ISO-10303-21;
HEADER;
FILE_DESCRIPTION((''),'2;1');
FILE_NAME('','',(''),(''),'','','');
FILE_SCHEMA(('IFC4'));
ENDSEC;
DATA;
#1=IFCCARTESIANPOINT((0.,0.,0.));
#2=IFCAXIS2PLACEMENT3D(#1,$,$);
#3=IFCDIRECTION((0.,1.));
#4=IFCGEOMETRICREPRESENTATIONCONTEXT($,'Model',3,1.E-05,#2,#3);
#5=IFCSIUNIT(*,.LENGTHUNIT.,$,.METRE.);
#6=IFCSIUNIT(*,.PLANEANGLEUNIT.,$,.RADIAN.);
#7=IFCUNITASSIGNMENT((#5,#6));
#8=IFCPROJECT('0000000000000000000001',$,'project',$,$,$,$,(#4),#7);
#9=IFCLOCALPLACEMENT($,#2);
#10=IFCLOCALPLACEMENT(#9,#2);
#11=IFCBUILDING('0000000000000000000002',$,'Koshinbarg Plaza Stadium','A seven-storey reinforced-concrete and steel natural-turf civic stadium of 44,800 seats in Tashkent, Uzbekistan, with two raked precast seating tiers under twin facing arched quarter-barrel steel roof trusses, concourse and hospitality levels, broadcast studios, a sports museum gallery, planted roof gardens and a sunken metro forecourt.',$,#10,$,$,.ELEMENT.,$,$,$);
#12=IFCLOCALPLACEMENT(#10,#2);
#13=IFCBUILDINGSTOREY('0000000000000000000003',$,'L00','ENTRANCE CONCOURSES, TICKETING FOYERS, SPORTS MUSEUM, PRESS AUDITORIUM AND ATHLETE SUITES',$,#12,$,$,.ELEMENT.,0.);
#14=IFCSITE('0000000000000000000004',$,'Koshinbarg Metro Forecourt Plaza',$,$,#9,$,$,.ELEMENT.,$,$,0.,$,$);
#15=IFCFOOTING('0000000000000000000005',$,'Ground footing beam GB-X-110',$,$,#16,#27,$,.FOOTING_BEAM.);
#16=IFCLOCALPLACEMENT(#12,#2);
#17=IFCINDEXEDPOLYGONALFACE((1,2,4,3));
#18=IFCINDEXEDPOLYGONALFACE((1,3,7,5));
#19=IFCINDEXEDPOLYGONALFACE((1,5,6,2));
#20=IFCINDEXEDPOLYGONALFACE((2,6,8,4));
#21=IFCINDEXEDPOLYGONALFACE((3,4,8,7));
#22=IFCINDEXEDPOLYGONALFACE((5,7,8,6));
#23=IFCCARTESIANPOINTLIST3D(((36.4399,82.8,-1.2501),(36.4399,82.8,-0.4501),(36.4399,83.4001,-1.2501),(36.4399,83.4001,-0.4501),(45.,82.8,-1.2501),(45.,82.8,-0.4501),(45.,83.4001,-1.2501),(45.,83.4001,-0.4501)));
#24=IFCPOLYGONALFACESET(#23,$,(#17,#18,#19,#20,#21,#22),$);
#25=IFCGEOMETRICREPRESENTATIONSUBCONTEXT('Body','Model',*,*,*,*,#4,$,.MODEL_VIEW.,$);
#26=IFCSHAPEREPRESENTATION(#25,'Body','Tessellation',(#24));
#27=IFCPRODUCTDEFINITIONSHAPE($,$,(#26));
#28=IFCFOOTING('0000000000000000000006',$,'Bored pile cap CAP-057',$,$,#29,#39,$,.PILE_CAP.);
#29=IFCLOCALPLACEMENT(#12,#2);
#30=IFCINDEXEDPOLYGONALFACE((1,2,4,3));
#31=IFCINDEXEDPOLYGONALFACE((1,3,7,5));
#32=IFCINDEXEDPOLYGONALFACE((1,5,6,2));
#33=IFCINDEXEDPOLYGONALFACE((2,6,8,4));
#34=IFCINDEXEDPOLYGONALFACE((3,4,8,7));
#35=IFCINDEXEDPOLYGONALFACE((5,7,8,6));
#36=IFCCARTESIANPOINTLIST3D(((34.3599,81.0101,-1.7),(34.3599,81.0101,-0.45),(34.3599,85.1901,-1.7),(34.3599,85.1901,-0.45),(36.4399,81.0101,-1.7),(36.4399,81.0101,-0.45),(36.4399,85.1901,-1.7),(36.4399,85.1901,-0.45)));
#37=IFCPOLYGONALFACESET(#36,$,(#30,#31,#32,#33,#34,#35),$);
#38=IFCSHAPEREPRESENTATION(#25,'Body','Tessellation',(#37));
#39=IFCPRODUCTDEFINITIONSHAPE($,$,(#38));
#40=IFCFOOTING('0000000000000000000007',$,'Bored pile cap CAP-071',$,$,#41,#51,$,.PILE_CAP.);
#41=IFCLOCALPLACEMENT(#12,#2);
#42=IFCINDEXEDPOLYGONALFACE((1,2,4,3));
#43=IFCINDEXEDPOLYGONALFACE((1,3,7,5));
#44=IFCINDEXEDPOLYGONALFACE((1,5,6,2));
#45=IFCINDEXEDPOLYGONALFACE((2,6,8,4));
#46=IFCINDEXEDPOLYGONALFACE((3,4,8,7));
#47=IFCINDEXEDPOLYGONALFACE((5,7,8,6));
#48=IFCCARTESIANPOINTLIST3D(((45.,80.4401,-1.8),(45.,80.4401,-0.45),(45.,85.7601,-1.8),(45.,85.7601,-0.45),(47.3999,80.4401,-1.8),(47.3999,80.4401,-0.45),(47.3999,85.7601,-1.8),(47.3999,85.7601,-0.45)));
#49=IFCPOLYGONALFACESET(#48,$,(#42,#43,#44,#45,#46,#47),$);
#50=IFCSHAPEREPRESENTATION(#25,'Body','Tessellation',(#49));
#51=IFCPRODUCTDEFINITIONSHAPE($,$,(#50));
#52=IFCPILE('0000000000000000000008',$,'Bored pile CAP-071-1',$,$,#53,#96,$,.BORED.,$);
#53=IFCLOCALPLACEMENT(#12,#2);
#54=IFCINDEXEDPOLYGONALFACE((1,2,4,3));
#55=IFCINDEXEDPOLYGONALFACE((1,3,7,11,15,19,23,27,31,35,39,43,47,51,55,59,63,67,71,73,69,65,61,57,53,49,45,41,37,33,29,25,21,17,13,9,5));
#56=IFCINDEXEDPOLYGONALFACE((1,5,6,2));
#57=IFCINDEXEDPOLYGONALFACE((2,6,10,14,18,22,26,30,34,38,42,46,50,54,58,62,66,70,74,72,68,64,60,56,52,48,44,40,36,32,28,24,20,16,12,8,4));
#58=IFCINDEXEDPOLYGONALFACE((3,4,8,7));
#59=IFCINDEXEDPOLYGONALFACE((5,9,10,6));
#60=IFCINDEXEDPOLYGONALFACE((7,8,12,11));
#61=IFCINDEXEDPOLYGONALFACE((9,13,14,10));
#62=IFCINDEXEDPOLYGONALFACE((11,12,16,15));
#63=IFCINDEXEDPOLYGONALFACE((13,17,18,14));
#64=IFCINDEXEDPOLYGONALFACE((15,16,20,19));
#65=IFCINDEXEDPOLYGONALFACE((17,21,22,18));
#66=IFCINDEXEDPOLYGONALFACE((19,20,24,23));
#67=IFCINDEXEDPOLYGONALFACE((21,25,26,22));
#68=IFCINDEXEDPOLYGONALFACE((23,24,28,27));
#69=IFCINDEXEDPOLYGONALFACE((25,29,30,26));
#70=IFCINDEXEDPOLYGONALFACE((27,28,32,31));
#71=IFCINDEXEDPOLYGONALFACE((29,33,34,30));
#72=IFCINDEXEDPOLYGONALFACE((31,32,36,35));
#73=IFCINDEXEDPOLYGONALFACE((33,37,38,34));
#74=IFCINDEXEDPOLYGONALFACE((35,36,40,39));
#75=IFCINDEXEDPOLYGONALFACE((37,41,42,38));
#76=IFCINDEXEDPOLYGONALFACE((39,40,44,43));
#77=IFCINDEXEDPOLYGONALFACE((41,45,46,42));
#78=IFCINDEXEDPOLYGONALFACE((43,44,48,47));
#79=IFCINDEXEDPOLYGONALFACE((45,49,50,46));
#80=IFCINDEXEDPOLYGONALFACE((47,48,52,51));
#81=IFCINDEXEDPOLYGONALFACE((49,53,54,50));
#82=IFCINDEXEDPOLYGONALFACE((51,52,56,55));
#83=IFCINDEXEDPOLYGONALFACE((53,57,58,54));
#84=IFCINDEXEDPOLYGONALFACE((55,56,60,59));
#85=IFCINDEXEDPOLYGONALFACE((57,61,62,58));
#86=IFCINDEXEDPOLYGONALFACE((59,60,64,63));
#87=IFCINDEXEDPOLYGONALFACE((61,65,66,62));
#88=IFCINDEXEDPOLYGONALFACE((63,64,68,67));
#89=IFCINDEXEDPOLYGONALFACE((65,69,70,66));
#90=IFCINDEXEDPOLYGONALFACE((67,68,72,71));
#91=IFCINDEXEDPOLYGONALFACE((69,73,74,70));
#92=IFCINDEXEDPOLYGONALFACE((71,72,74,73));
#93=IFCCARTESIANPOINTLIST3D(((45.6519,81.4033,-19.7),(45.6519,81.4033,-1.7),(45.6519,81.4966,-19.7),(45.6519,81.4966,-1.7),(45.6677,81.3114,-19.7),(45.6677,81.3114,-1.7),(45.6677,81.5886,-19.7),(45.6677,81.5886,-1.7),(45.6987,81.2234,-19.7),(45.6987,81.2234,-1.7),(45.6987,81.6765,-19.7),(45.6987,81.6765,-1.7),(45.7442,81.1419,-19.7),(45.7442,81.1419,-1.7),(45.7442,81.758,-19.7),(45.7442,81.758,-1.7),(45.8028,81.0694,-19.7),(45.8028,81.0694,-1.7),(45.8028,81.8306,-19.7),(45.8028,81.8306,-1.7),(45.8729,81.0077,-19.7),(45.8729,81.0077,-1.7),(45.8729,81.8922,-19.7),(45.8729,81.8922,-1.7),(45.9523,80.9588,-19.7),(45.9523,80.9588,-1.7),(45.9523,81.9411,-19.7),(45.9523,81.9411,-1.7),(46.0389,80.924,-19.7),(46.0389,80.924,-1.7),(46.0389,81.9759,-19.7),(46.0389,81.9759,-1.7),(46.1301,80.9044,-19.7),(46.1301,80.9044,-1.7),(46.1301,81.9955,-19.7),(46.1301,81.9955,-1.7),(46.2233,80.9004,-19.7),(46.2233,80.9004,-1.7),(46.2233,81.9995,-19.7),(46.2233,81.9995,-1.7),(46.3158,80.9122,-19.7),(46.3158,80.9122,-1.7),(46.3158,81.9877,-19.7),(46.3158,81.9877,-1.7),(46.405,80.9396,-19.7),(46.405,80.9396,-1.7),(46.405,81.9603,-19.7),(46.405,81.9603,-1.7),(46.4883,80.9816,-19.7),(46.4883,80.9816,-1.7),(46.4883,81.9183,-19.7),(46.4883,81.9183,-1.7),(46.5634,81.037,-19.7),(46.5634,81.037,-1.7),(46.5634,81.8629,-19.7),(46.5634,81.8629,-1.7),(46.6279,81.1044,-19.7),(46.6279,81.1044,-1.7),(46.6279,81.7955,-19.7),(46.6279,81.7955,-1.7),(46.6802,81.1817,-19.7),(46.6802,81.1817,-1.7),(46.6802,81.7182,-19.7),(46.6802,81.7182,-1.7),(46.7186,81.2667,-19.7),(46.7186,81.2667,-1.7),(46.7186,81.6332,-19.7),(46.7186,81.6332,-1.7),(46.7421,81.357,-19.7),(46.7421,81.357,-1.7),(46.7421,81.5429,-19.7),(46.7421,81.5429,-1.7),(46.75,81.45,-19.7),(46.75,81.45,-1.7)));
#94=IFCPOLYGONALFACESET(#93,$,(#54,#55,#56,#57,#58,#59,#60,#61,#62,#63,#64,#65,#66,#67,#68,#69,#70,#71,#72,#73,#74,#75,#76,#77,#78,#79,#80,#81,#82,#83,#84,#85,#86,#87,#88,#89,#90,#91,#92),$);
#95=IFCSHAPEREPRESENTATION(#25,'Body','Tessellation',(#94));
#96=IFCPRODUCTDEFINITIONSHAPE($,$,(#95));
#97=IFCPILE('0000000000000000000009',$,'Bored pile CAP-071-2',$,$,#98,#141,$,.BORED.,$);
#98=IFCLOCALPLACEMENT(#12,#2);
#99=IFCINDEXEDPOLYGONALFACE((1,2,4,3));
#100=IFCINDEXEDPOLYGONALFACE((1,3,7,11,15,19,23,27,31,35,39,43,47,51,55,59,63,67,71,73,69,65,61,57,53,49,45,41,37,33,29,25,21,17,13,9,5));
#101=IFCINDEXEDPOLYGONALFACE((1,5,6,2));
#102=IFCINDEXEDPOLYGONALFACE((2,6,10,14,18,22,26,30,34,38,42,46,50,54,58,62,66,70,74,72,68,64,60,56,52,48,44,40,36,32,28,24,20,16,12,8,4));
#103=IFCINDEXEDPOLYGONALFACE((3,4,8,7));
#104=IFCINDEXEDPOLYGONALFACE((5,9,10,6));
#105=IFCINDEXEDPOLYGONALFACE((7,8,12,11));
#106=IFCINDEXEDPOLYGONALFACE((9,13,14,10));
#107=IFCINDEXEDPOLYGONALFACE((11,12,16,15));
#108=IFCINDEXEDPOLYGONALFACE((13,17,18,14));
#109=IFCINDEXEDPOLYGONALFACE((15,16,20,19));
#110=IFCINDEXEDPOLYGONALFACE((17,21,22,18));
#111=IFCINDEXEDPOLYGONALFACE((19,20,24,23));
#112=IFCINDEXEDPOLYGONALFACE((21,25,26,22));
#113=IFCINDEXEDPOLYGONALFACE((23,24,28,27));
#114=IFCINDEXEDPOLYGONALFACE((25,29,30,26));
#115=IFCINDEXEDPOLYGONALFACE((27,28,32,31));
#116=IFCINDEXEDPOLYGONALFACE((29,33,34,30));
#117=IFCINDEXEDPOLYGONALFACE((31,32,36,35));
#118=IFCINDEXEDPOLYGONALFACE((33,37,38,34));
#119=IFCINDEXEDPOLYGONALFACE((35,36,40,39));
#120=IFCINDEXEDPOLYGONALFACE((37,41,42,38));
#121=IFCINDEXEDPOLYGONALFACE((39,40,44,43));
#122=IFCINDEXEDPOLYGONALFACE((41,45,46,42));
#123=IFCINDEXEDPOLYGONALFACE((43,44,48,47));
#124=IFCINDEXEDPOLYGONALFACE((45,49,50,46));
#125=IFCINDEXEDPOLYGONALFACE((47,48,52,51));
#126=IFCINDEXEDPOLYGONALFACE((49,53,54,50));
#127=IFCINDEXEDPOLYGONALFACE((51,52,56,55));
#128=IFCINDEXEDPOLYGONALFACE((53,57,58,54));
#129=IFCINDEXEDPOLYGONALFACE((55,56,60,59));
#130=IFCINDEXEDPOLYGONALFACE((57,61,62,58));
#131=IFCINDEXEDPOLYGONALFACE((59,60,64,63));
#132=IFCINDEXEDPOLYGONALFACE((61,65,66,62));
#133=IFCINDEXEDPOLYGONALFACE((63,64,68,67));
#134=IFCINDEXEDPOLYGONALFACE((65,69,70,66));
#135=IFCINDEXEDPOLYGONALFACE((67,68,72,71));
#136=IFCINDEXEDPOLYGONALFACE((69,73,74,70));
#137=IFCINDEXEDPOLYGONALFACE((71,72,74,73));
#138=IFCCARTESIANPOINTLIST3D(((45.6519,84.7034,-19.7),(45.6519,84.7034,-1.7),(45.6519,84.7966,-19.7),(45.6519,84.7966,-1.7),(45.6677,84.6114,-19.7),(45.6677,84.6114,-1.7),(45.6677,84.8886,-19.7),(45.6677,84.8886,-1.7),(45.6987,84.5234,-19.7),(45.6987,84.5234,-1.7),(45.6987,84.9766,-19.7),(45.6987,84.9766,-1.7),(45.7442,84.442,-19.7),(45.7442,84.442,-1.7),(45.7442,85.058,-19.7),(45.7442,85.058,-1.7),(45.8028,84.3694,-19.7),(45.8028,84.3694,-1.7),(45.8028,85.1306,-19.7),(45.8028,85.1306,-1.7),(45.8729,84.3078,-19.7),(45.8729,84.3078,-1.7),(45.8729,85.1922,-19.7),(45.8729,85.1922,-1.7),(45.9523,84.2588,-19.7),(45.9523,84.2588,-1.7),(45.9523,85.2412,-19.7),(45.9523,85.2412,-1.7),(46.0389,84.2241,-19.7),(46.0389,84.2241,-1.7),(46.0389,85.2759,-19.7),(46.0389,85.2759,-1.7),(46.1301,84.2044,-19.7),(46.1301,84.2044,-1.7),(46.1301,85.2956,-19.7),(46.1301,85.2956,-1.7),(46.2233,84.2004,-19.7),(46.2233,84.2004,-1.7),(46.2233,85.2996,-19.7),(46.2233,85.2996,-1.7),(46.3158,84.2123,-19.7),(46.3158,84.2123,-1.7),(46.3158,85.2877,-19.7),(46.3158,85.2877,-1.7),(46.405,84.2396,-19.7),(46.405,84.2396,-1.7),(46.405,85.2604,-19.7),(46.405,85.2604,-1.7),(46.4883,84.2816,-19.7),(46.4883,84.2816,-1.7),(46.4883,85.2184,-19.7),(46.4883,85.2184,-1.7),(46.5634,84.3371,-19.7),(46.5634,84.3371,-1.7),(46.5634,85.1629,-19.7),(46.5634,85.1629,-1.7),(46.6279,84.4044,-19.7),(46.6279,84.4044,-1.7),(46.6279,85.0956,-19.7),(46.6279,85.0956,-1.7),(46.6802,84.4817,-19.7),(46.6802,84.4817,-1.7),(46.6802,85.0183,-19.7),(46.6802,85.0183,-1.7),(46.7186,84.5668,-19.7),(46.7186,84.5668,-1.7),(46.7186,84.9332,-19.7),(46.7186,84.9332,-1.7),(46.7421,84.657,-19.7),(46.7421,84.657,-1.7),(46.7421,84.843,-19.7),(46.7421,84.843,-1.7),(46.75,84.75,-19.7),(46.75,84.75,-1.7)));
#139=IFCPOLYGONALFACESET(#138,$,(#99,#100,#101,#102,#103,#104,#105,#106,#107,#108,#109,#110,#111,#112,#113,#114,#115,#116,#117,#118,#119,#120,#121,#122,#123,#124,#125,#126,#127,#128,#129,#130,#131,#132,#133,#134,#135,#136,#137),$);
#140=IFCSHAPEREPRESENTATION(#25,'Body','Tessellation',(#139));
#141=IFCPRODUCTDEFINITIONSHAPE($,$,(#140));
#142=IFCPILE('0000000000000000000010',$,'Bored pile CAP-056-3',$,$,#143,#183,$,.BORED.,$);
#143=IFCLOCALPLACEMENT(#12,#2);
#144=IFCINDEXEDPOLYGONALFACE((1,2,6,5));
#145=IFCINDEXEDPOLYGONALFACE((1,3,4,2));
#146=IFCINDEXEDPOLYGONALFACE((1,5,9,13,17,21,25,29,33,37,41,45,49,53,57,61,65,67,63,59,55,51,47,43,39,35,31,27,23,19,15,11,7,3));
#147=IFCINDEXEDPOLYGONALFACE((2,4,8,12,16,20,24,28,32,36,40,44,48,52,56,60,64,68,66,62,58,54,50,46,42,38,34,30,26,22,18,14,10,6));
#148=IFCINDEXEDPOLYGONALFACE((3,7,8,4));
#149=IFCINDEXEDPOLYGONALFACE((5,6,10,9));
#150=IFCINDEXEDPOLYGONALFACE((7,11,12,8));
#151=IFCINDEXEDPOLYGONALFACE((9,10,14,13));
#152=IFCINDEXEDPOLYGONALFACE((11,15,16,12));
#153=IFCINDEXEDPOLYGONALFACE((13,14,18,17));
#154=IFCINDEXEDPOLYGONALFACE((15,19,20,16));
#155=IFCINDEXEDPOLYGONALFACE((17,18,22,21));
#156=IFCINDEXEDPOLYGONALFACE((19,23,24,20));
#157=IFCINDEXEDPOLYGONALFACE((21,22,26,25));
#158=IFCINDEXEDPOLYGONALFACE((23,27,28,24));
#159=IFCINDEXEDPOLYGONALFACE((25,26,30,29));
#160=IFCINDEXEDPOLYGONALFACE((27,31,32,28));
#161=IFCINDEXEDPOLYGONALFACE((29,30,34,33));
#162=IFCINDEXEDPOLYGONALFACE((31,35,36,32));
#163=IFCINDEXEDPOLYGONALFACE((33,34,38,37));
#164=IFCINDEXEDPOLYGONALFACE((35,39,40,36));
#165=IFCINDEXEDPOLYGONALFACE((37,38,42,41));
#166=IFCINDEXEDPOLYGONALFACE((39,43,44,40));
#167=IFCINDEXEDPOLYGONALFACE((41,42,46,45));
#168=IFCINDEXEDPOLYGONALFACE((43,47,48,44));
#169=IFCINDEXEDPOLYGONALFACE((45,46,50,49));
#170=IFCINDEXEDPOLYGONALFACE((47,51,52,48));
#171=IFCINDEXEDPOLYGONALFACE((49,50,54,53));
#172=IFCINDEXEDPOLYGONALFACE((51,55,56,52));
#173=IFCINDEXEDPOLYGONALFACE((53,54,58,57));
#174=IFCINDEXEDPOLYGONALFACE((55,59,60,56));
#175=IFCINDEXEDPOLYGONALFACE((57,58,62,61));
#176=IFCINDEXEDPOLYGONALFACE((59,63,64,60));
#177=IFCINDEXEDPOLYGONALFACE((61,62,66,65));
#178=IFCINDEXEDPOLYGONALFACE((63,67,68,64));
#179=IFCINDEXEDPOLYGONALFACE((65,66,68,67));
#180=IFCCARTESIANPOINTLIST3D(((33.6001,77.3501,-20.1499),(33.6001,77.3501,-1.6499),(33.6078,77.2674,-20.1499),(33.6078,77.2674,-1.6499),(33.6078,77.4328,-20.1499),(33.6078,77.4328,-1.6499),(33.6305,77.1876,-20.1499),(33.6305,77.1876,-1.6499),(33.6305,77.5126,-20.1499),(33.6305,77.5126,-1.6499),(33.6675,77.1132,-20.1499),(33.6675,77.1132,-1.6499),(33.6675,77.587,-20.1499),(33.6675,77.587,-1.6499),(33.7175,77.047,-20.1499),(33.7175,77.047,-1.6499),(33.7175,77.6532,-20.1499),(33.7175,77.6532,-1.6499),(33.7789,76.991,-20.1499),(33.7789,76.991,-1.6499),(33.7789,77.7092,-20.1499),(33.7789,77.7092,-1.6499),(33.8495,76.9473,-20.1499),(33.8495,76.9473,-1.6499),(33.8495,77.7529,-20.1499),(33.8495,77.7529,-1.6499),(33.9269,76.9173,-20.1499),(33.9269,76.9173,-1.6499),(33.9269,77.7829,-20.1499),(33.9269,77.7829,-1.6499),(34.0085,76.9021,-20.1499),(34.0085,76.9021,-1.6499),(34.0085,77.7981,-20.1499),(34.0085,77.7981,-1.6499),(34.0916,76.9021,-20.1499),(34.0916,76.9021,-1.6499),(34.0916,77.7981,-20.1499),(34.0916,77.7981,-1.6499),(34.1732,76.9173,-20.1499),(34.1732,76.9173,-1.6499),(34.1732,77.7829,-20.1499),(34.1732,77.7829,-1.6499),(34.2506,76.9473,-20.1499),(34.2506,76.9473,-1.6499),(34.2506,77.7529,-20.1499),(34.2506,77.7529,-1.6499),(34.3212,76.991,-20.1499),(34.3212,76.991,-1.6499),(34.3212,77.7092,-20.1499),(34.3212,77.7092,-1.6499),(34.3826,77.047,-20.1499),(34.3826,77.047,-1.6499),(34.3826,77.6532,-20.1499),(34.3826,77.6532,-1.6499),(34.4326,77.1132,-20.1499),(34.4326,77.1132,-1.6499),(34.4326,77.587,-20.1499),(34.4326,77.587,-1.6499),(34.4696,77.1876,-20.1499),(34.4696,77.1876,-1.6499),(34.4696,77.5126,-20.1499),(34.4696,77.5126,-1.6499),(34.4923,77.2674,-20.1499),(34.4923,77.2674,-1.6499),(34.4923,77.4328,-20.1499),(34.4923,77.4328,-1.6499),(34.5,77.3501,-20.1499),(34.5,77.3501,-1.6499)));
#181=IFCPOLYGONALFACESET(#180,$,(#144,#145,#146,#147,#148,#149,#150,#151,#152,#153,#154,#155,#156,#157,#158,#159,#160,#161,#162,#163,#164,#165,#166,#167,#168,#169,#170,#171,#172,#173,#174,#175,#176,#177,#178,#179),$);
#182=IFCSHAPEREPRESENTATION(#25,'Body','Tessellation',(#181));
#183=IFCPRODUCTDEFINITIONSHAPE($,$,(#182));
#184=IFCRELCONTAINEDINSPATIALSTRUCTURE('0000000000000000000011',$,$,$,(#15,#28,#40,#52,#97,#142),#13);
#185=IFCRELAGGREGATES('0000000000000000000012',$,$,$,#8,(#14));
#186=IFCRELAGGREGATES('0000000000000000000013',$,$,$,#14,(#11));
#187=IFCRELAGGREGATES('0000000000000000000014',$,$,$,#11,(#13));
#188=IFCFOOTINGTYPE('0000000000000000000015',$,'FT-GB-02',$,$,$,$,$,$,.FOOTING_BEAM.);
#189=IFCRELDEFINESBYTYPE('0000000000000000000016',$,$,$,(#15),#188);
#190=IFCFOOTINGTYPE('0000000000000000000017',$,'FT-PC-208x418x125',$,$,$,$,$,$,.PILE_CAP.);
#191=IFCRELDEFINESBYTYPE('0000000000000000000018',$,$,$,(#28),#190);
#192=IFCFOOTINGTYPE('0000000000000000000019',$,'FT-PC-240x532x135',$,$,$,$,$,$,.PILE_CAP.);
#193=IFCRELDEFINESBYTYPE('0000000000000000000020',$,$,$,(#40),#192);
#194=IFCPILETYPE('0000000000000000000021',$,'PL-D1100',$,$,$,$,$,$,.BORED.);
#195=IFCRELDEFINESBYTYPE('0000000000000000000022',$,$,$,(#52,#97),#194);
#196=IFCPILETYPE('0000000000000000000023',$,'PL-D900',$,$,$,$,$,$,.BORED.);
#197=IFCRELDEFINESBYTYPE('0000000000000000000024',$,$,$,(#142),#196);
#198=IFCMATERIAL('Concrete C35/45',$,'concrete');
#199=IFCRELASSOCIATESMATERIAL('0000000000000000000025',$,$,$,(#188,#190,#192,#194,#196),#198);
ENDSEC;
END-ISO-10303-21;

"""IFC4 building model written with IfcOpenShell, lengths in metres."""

from ifc_helpers import new_model, si_unit, direction, frame, origin, origin_2d, place, context, subcontext, project, spatial, rectangle, circle, extrude, material, material_profile, profile_set, type_object, element, save


model = new_model("IFC4")

# Units and contexts
model_context = context("Model", 3, precision=1e-05, world=origin(), true_north=direction((0.0, 1.0)))
body_context = subcontext(model_context, "Body", "Model", "MODEL_VIEW")
ifc_project = project(units=[si_unit("LENGTHUNIT", "METRE"), si_unit("PLANEANGLEUNIT", "RADIAN")], contexts=[model_context])

# Site, building, storey
site_placement = place(None, origin())
site = spatial("IfcSite", under=ifc_project, at=site_placement, Name="Koshinbarg Metro Forecourt Plaza", CompositionType="ELEMENT", RefElevation=0.0)
building_placement = place(site_placement, origin())
building = spatial("IfcBuilding", under=site, at=building_placement, Name="Koshinbarg Plaza Stadium", Description="A seven-storey reinforced-concrete and steel natural-turf civic stadium of 44,800 seats in Tashkent, Uzbekistan, with two raked precast seating tiers under twin facing arched quarter-barrel steel roof trusses, concourse and hospitality levels, broadcast studios, a sports museum gallery, planted roof gardens and a sunken metro forecourt.", CompositionType="ELEMENT")
storey_placement = place(building_placement, origin())
storey = spatial("IfcBuildingStorey", under=building, at=storey_placement, Name="L00", Description="ENTRANCE CONCOURSES, TICKETING FOYERS, SPORTS MUSEUM, PRESS AUDITORIUM AND ATHLETE SUITES", CompositionType="ELEMENT", Elevation=0.0)

# Footings
ifc_material_1 = material(Name="Concrete C35/45", Category="concrete")
ifc_material_profile_1 = material_profile(ifc_material_1, rectangle(XDim=0.6001, YDim=0.8, at=origin_2d()), Name="GB 600x800")
ifc_profile_set_1 = profile_set([ifc_material_profile_1], Name="Concrete C35/45")
footing_type_1 = type_object("IfcFootingType", Name="FT-GB-02", PredefinedType="FOOTING_BEAM", material=ifc_profile_set_1)
footing_1_placement = place(storey_placement, frame((36.4399, 83.1001, -0.8501), z_axis=(1.0, 0.0, 0.0), x_axis=(0.0, 1.0, 0.0)))
element("IfcFooting", 1, at=footing_1_placement, inside=storey, type_object=footing_type_1, Name="Ground footing beam GB-X-110", PredefinedType="FOOTING_BEAM", context=body_context, shape_type="SweptSolid", body=[
    extrude(rectangle(XDim=0.6001, YDim=0.8, at=origin_2d()), origin(), (0.0, 0.0, 1.0), 8.5601),
])
footing_type_2 = type_object("IfcFootingType", Name="FT-PC-208x418x125", PredefinedType="PILE_CAP", material=ifc_material_1)
footing_2_placement = place(storey_placement, frame((35.3999, 83.1001, -1.7), z_axis=(0.0, 0.0, 1.0), x_axis=(1.0, 0.0, 0.0)))
element("IfcFooting", 2, at=footing_2_placement, inside=storey, type_object=footing_type_2, Name="Bored pile cap CAP-057", PredefinedType="PILE_CAP", context=body_context, shape_type="SweptSolid", body=[
    extrude(rectangle(XDim=2.0801, YDim=4.1799, at=origin_2d()), origin(), (0.0, 0.0, 1.0), 1.25),
])
footing_type_3 = type_object("IfcFootingType", Name="FT-PC-240x532x135", PredefinedType="PILE_CAP", material=ifc_material_1)
footing_3_placement = place(storey_placement, frame((46.2, 83.1001, -1.8), z_axis=(0.0, 0.0, 1.0), x_axis=(1.0, 0.0, 0.0)))
element("IfcFooting", 3, at=footing_3_placement, inside=storey, type_object=footing_type_3, Name="Bored pile cap CAP-071", PredefinedType="PILE_CAP", context=body_context, shape_type="SweptSolid", body=[
    extrude(rectangle(XDim=2.3999, YDim=5.3201, at=origin_2d()), origin(), (0.0, 0.0, 1.0), 1.3501),
])

# Piles
ifc_material_profile_2 = material_profile(ifc_material_1, circle(Radius=0.55, at=origin_2d()), Name="PILE D1100")
ifc_profile_set_2 = profile_set([ifc_material_profile_2], Name="Concrete C35/45")
pile_type_1 = type_object("IfcPileType", Name="PL-D1100", PredefinedType="BORED", material=ifc_profile_set_2)
for number, where, z_axis, x_axis, name in (
    (4, (46.2, 81.45, -1.7), (0.0, 0.0, -1.0), (1.0, 0.0, 0.0), "Bored pile CAP-071-1"),
    (5, (46.2, 84.75, -1.7), (0.0, 0.0, -1.0), (1.0, 0.0, 0.0), "Bored pile CAP-071-2"),
):
    element("IfcPile", number, at=place(storey_placement, frame(where, z_axis=z_axis, x_axis=x_axis)), inside=storey, type_object=pile_type_1, Name=name, PredefinedType="BORED", context=body_context, shape_type="SweptSolid", body=[
        extrude(circle(Radius=0.55, at=origin_2d()), origin(), (0.0, 0.0, 1.0), 18.0),
    ])
ifc_material_profile_3 = material_profile(ifc_material_1, circle(Radius=0.45, at=origin_2d()), Name="PILE D900")
ifc_profile_set_3 = profile_set([ifc_material_profile_3], Name="Concrete C35/45")
pile_type_2 = type_object("IfcPileType", Name="PL-D900", PredefinedType="BORED", material=ifc_profile_set_3)
for number, where, z_axis, x_axis, name in (
    (6, (34.05, 77.3501, -1.6499), (0.0, 0.0, -1.0), (1.0, 0.0, 0.0), "Bored pile CAP-056-3"),
):
    element("IfcPile", number, at=place(storey_placement, frame(where, z_axis=z_axis, x_axis=x_axis)), inside=storey, type_object=pile_type_2, Name=name, PredefinedType="BORED", context=body_context, shape_type="SweptSolid", body=[
        extrude(circle(Radius=0.45, at=origin_2d()), origin(), (0.0, 0.0, 1.0), 18.5),
    ])

save(model, "model.ifc")
